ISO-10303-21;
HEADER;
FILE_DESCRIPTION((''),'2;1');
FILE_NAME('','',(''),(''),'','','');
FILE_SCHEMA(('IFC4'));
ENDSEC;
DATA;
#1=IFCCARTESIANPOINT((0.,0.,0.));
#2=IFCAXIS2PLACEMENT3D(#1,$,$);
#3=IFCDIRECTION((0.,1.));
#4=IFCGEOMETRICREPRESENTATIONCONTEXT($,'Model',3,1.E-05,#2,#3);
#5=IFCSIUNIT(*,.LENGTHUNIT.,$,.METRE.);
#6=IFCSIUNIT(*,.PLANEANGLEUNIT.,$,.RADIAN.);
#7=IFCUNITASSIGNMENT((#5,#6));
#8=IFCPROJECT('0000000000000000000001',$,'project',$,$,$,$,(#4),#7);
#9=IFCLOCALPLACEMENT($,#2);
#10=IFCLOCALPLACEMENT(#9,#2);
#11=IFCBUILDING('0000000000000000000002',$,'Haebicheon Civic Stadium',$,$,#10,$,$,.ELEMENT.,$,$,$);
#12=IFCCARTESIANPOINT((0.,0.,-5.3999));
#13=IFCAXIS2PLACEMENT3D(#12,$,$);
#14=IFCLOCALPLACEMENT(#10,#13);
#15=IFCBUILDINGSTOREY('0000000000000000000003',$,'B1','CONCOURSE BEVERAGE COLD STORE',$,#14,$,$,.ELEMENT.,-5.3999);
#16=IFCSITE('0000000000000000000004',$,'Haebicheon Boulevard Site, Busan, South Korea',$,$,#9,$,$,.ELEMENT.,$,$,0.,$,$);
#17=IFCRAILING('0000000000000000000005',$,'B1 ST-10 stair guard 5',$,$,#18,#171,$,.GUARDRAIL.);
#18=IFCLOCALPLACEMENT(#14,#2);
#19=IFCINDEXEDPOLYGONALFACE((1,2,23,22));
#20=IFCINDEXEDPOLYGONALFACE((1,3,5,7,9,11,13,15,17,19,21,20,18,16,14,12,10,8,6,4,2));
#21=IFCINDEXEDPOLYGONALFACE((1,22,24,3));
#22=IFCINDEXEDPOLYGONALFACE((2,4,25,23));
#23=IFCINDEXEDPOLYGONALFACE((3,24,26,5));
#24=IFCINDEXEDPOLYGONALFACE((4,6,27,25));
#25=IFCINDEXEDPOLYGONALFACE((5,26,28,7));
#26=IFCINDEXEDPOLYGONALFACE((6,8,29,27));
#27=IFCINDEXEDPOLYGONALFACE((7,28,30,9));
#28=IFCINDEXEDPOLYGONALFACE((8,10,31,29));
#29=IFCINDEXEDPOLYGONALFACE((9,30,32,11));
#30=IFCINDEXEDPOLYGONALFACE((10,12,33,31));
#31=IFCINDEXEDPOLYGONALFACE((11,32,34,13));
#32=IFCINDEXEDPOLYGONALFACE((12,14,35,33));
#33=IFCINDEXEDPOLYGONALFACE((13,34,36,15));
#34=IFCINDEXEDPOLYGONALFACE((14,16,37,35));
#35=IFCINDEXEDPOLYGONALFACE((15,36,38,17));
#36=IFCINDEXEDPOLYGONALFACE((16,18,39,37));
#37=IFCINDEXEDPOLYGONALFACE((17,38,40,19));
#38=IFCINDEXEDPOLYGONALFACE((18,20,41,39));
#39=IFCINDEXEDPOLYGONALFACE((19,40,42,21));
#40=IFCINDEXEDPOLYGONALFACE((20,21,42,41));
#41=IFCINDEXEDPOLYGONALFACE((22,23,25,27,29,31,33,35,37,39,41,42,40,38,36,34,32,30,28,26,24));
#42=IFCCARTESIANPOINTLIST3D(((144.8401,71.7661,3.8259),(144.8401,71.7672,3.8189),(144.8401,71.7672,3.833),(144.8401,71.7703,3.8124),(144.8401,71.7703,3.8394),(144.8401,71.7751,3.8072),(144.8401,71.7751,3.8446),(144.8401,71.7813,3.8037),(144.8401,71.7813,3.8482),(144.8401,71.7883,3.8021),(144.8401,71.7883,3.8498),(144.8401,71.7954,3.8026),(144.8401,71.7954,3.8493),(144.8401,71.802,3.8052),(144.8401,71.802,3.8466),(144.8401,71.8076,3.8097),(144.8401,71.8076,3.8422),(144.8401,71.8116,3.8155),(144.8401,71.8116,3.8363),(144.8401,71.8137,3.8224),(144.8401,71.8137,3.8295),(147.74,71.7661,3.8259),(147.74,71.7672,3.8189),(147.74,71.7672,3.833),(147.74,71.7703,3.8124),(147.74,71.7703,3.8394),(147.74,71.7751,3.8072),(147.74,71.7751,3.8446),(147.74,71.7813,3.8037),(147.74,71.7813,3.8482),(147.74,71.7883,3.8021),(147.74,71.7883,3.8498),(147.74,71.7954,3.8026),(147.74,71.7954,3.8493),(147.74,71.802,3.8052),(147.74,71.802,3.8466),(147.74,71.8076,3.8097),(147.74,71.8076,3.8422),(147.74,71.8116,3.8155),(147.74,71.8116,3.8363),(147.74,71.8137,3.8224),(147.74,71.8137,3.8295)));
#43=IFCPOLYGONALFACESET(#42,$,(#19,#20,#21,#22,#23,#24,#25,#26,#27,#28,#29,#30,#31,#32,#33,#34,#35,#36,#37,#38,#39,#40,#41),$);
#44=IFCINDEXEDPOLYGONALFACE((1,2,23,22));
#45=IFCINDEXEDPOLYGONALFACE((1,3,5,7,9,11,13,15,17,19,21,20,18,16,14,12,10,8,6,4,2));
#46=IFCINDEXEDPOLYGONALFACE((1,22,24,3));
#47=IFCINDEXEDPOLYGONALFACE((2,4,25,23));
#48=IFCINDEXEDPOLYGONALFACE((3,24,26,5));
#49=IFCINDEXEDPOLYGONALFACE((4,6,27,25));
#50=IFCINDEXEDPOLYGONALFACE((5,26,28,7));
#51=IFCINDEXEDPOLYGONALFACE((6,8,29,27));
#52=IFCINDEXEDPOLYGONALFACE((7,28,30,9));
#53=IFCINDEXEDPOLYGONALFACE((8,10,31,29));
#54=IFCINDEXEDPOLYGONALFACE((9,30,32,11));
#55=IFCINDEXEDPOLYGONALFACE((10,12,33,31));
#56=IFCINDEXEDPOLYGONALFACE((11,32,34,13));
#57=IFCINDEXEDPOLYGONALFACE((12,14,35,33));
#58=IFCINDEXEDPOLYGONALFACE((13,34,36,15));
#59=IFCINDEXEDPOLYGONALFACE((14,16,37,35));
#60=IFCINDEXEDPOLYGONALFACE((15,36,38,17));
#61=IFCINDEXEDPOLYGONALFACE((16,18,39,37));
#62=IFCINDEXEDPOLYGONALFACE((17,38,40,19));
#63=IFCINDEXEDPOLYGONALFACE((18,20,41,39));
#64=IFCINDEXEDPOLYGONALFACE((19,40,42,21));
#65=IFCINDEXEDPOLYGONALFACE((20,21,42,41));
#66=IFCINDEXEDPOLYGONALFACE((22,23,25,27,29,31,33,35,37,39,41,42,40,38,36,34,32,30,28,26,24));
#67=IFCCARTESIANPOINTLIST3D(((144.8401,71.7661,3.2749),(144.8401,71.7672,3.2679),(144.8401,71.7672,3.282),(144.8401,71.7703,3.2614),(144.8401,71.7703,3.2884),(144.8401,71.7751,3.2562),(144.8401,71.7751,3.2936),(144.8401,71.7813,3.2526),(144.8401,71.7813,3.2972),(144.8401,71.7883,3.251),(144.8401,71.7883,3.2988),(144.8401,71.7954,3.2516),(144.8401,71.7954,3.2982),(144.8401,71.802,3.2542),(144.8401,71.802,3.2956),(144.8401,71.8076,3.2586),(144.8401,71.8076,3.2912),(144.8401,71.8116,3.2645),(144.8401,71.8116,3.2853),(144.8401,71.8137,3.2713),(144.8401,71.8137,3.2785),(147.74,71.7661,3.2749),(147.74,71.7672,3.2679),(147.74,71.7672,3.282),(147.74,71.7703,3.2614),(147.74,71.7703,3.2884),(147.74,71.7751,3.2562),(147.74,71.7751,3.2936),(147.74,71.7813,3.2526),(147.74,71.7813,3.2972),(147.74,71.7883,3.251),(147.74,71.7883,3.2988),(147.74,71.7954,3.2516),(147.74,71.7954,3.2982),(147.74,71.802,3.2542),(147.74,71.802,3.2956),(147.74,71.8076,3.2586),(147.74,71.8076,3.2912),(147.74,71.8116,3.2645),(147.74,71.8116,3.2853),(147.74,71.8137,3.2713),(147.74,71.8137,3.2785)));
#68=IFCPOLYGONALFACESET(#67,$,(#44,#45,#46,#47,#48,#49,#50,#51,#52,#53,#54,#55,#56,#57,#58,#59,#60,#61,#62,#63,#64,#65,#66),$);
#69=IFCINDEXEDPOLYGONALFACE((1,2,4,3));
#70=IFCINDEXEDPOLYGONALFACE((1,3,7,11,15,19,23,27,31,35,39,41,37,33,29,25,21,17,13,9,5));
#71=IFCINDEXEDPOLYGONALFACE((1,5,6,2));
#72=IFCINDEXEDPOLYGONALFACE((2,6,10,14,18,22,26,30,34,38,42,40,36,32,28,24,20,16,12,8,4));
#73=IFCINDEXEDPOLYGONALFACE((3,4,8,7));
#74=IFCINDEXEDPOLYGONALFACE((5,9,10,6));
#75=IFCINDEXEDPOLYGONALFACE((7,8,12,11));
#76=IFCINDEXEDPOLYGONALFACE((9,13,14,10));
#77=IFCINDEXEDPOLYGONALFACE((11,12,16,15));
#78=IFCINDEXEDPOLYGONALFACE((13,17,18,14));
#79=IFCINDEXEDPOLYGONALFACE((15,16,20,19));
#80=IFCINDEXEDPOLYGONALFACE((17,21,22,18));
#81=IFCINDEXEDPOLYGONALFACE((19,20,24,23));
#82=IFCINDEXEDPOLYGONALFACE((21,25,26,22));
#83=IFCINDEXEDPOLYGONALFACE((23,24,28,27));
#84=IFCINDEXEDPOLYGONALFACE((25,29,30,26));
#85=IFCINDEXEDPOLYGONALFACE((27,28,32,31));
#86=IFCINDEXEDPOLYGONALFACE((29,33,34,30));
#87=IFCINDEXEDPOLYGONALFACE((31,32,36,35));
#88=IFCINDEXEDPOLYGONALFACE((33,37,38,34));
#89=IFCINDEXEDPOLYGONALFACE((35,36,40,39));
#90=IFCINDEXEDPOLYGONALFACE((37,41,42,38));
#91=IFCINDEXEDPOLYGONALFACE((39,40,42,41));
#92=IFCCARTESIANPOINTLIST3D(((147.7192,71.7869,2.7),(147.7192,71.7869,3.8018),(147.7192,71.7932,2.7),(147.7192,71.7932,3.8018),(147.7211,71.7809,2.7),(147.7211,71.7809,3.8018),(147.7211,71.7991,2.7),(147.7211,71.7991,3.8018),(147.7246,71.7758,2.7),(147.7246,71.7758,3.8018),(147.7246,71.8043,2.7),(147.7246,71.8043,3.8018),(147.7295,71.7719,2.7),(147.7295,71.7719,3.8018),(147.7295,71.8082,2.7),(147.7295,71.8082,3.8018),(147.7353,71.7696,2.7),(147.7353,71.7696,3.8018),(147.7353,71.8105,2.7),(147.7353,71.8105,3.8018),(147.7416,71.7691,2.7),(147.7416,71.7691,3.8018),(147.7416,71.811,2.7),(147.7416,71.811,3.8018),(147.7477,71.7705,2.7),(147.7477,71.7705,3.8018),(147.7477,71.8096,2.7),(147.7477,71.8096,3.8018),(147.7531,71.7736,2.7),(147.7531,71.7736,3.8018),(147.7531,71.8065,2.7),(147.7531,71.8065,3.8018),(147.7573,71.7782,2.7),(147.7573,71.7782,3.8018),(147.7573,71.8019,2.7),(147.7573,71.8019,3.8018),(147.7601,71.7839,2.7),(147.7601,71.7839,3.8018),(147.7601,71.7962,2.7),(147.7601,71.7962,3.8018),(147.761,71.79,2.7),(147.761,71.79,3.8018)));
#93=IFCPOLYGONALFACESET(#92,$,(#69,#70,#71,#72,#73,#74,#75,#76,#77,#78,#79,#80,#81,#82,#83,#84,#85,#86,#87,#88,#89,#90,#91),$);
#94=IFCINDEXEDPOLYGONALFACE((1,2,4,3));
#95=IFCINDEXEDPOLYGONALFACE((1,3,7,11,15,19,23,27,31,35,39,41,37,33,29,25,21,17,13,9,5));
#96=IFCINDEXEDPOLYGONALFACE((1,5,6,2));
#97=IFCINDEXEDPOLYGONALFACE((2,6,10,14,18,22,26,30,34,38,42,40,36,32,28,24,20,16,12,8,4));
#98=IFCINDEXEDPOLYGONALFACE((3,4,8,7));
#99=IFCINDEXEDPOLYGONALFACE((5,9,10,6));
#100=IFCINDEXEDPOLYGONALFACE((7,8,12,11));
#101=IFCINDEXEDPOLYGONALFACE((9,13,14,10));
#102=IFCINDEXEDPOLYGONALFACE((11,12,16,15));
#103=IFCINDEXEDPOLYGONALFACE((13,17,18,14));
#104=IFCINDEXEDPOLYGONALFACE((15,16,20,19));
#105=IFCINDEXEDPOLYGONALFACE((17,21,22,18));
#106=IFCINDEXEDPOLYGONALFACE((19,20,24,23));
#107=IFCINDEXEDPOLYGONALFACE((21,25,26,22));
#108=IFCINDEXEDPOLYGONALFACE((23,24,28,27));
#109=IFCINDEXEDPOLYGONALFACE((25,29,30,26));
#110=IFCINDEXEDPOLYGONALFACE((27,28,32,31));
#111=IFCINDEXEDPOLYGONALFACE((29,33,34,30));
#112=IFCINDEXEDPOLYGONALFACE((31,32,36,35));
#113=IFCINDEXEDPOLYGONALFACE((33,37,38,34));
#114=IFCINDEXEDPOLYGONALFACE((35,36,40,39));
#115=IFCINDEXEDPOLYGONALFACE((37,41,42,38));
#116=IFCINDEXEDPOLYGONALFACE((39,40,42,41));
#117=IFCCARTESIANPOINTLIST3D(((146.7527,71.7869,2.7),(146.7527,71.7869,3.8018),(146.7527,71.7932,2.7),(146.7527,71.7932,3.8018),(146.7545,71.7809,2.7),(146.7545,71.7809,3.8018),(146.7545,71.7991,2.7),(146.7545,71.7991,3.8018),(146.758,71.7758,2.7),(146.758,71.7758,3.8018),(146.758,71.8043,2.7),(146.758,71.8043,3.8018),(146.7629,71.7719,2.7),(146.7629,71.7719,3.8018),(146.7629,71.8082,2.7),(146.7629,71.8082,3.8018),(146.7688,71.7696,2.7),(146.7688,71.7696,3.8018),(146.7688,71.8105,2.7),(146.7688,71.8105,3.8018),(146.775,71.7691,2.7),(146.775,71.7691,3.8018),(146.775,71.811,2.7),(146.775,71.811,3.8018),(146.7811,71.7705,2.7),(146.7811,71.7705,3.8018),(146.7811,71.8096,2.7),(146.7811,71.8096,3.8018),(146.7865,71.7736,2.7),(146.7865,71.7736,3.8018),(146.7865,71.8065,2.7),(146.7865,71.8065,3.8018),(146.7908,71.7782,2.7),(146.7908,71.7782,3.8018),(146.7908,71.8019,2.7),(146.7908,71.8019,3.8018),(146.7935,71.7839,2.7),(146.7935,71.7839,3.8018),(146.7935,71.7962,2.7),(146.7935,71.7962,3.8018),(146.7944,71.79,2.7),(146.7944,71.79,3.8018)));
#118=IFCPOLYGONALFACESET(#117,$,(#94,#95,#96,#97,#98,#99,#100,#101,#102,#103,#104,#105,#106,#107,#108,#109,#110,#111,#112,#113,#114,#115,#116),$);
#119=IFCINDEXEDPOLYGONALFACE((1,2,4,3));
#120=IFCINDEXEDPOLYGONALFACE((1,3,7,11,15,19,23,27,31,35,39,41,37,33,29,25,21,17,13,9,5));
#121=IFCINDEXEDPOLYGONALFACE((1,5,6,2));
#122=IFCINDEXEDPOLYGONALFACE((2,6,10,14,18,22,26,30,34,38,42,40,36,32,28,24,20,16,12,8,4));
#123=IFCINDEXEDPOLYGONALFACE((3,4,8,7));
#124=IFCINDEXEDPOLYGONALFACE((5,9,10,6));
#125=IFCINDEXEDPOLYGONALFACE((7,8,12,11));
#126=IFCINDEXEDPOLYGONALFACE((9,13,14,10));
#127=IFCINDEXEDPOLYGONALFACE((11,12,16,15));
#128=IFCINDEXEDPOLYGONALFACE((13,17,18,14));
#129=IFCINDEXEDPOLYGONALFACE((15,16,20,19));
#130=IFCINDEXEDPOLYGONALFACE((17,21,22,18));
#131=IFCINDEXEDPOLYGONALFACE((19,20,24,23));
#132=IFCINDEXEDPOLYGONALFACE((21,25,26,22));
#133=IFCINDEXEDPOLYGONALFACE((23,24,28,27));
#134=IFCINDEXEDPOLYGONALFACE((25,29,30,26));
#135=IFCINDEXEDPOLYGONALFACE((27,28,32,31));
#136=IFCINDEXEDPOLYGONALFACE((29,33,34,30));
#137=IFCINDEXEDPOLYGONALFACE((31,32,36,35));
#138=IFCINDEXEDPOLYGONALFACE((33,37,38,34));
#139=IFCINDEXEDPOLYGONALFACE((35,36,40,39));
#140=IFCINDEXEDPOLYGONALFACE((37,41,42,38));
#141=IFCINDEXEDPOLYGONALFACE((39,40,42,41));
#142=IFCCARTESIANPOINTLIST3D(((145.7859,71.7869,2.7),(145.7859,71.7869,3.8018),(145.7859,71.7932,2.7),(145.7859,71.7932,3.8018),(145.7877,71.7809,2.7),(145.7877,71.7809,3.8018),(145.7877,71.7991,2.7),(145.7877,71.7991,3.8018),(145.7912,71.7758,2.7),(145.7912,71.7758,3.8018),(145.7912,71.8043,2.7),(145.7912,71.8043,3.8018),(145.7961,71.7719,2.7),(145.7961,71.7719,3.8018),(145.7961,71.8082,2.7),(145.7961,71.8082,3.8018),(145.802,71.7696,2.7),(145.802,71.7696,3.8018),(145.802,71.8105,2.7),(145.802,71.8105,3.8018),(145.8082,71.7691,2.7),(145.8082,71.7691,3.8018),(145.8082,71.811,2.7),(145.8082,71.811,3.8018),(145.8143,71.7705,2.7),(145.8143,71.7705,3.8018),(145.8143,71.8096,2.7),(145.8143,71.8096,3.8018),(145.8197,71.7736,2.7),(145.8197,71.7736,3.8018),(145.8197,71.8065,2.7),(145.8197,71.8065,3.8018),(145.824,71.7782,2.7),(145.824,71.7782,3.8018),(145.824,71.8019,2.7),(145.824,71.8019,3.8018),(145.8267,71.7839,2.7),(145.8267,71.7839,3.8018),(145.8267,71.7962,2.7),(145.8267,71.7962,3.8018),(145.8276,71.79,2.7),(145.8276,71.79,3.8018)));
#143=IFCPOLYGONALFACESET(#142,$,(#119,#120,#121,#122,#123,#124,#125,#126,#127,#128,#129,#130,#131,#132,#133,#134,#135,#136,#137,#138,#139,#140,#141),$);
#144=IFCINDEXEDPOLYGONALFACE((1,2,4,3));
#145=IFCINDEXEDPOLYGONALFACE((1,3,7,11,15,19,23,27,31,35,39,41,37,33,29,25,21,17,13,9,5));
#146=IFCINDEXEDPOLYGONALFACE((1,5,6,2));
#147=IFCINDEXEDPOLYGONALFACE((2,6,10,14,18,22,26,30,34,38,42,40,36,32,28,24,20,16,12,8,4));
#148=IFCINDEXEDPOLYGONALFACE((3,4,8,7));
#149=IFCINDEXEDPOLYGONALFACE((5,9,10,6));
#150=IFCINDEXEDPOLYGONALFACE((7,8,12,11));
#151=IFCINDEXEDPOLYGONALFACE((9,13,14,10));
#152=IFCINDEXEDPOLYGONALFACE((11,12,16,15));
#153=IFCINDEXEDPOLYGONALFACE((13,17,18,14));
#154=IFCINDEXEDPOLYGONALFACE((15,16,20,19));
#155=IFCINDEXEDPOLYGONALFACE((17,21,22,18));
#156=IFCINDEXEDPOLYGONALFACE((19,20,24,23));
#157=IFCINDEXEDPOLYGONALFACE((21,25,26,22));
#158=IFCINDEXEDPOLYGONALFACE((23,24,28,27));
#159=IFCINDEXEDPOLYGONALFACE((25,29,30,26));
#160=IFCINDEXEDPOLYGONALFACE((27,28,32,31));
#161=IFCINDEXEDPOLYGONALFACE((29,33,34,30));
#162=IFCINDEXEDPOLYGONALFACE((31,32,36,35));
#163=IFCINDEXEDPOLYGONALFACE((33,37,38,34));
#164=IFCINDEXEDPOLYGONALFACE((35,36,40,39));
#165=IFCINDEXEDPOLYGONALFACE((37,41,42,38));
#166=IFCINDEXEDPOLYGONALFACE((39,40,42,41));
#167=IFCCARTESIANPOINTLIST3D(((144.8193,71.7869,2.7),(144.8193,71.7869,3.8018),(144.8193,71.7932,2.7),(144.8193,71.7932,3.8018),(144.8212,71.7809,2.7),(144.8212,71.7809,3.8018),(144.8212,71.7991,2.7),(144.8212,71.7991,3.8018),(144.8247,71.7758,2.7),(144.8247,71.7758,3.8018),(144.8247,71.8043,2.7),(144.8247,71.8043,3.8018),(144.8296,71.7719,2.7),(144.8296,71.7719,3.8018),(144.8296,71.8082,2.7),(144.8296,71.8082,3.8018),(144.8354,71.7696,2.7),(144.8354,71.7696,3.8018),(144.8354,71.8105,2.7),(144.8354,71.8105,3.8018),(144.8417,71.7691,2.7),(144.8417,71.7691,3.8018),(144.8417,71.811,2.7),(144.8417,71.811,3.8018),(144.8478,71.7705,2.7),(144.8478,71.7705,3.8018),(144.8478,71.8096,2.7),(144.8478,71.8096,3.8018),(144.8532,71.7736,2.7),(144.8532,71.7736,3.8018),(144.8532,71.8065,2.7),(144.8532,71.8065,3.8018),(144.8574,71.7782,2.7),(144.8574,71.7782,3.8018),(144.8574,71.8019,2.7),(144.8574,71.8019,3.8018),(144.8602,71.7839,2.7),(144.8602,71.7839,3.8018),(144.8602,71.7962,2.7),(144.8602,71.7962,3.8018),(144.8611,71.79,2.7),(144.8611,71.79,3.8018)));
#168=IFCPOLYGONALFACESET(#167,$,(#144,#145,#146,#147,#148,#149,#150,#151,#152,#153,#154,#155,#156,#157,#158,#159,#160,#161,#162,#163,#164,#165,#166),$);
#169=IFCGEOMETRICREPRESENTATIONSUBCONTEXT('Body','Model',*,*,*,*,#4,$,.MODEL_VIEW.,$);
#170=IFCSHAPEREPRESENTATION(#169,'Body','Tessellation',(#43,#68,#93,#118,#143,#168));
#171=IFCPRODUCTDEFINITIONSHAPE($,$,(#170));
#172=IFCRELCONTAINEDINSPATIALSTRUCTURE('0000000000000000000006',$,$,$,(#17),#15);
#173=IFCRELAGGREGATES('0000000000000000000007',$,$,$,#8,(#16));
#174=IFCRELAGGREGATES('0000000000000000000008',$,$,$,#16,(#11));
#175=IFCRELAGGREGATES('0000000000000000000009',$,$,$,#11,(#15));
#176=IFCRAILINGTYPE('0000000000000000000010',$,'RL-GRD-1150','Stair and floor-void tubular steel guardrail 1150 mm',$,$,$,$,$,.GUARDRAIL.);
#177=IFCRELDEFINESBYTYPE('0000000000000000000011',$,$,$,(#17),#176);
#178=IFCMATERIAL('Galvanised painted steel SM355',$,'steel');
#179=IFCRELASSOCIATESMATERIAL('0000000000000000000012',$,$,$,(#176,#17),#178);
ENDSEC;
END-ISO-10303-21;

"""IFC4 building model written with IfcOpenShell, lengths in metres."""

from ifc_helpers import new_model, si_unit, direction, frame, origin, origin_2d, place, context, subcontext, project, spatial, circle, extrude, material, type_object, element, save


model = new_model("IFC4")

# Units and contexts
model_context = context("Model", 3, precision=1e-05, world=origin(), true_north=direction((0.0, 1.0)))
body_context = subcontext(model_context, "Body", "Model", "MODEL_VIEW")
ifc_project = project(units=[si_unit("LENGTHUNIT", "METRE"), si_unit("PLANEANGLEUNIT", "RADIAN")], contexts=[model_context])

# Site, building, storey
site_placement = place(None, origin())
site = spatial("IfcSite", under=ifc_project, at=site_placement, Name="Haebicheon Boulevard Site, Busan, South Korea", CompositionType="ELEMENT", RefElevation=0.0)
building_placement = place(site_placement, origin())
building = spatial("IfcBuilding", under=site, at=building_placement, Name="Haebicheon Civic Stadium", CompositionType="ELEMENT")
storey_placement = place(building_placement, frame((0.0, 0.0, -5.3999)))
storey = spatial("IfcBuildingStorey", under=building, at=storey_placement, Name="B1", Description="CONCOURSE BEVERAGE COLD STORE", CompositionType="ELEMENT", Elevation=-5.3999)

# Railing
ifc_material_1 = material(Name="Galvanised painted steel SM355", Category="steel")
railing_type_1 = type_object("IfcRailingType", Name="RL-GRD-1150", Description="Stair and floor-void tubular steel guardrail 1150 mm", PredefinedType="GUARDRAIL", material=ifc_material_1)
railing_1_placement = place(storey_placement, frame((147.74, 71.79, 2.7)))
element("IfcRailing", 1, at=railing_1_placement, inside=storey, type_object=railing_type_1, material=ifc_material_1, Name="B1 ST-10 stair guard 5", PredefinedType="GUARDRAIL", context=body_context, shape_type="SweptSolid", body=[
    extrude(circle(Radius=0.0239, at=origin_2d()), frame((0.0, 0.0, 1.126), z_axis=(-1.0, 0.0, 0.0), x_axis=(0.0, -1.0, 0.0)), (0.0, 0.0, 1.0), 2.8999),
    extrude(circle(Radius=0.0239, at=origin_2d()), frame((0.0, 0.0, 0.575), z_axis=(-1.0, 0.0, 0.0), x_axis=(0.0, -1.0, 0.0)), (0.0, 0.0, 1.0), 2.8999),
    extrude(circle(Radius=0.021, at=origin_2d()), origin(), (0.0, 0.0, 1.0), 1.1018),
    extrude(circle(Radius=0.021, at=origin_2d()), frame((-0.9666, 0.0, 0.0)), (0.0, 0.0, 1.0), 1.1018),
    extrude(circle(Radius=0.021, at=origin_2d()), frame((-1.9333, 0.0, 0.0)), (0.0, 0.0, 1.0), 1.1018),
    extrude(circle(Radius=0.021, at=origin_2d()), frame((-2.8999, 0.0, 0.0)), (0.0, 0.0, 1.0), 1.1018),
])

save(model, "model.ifc")
